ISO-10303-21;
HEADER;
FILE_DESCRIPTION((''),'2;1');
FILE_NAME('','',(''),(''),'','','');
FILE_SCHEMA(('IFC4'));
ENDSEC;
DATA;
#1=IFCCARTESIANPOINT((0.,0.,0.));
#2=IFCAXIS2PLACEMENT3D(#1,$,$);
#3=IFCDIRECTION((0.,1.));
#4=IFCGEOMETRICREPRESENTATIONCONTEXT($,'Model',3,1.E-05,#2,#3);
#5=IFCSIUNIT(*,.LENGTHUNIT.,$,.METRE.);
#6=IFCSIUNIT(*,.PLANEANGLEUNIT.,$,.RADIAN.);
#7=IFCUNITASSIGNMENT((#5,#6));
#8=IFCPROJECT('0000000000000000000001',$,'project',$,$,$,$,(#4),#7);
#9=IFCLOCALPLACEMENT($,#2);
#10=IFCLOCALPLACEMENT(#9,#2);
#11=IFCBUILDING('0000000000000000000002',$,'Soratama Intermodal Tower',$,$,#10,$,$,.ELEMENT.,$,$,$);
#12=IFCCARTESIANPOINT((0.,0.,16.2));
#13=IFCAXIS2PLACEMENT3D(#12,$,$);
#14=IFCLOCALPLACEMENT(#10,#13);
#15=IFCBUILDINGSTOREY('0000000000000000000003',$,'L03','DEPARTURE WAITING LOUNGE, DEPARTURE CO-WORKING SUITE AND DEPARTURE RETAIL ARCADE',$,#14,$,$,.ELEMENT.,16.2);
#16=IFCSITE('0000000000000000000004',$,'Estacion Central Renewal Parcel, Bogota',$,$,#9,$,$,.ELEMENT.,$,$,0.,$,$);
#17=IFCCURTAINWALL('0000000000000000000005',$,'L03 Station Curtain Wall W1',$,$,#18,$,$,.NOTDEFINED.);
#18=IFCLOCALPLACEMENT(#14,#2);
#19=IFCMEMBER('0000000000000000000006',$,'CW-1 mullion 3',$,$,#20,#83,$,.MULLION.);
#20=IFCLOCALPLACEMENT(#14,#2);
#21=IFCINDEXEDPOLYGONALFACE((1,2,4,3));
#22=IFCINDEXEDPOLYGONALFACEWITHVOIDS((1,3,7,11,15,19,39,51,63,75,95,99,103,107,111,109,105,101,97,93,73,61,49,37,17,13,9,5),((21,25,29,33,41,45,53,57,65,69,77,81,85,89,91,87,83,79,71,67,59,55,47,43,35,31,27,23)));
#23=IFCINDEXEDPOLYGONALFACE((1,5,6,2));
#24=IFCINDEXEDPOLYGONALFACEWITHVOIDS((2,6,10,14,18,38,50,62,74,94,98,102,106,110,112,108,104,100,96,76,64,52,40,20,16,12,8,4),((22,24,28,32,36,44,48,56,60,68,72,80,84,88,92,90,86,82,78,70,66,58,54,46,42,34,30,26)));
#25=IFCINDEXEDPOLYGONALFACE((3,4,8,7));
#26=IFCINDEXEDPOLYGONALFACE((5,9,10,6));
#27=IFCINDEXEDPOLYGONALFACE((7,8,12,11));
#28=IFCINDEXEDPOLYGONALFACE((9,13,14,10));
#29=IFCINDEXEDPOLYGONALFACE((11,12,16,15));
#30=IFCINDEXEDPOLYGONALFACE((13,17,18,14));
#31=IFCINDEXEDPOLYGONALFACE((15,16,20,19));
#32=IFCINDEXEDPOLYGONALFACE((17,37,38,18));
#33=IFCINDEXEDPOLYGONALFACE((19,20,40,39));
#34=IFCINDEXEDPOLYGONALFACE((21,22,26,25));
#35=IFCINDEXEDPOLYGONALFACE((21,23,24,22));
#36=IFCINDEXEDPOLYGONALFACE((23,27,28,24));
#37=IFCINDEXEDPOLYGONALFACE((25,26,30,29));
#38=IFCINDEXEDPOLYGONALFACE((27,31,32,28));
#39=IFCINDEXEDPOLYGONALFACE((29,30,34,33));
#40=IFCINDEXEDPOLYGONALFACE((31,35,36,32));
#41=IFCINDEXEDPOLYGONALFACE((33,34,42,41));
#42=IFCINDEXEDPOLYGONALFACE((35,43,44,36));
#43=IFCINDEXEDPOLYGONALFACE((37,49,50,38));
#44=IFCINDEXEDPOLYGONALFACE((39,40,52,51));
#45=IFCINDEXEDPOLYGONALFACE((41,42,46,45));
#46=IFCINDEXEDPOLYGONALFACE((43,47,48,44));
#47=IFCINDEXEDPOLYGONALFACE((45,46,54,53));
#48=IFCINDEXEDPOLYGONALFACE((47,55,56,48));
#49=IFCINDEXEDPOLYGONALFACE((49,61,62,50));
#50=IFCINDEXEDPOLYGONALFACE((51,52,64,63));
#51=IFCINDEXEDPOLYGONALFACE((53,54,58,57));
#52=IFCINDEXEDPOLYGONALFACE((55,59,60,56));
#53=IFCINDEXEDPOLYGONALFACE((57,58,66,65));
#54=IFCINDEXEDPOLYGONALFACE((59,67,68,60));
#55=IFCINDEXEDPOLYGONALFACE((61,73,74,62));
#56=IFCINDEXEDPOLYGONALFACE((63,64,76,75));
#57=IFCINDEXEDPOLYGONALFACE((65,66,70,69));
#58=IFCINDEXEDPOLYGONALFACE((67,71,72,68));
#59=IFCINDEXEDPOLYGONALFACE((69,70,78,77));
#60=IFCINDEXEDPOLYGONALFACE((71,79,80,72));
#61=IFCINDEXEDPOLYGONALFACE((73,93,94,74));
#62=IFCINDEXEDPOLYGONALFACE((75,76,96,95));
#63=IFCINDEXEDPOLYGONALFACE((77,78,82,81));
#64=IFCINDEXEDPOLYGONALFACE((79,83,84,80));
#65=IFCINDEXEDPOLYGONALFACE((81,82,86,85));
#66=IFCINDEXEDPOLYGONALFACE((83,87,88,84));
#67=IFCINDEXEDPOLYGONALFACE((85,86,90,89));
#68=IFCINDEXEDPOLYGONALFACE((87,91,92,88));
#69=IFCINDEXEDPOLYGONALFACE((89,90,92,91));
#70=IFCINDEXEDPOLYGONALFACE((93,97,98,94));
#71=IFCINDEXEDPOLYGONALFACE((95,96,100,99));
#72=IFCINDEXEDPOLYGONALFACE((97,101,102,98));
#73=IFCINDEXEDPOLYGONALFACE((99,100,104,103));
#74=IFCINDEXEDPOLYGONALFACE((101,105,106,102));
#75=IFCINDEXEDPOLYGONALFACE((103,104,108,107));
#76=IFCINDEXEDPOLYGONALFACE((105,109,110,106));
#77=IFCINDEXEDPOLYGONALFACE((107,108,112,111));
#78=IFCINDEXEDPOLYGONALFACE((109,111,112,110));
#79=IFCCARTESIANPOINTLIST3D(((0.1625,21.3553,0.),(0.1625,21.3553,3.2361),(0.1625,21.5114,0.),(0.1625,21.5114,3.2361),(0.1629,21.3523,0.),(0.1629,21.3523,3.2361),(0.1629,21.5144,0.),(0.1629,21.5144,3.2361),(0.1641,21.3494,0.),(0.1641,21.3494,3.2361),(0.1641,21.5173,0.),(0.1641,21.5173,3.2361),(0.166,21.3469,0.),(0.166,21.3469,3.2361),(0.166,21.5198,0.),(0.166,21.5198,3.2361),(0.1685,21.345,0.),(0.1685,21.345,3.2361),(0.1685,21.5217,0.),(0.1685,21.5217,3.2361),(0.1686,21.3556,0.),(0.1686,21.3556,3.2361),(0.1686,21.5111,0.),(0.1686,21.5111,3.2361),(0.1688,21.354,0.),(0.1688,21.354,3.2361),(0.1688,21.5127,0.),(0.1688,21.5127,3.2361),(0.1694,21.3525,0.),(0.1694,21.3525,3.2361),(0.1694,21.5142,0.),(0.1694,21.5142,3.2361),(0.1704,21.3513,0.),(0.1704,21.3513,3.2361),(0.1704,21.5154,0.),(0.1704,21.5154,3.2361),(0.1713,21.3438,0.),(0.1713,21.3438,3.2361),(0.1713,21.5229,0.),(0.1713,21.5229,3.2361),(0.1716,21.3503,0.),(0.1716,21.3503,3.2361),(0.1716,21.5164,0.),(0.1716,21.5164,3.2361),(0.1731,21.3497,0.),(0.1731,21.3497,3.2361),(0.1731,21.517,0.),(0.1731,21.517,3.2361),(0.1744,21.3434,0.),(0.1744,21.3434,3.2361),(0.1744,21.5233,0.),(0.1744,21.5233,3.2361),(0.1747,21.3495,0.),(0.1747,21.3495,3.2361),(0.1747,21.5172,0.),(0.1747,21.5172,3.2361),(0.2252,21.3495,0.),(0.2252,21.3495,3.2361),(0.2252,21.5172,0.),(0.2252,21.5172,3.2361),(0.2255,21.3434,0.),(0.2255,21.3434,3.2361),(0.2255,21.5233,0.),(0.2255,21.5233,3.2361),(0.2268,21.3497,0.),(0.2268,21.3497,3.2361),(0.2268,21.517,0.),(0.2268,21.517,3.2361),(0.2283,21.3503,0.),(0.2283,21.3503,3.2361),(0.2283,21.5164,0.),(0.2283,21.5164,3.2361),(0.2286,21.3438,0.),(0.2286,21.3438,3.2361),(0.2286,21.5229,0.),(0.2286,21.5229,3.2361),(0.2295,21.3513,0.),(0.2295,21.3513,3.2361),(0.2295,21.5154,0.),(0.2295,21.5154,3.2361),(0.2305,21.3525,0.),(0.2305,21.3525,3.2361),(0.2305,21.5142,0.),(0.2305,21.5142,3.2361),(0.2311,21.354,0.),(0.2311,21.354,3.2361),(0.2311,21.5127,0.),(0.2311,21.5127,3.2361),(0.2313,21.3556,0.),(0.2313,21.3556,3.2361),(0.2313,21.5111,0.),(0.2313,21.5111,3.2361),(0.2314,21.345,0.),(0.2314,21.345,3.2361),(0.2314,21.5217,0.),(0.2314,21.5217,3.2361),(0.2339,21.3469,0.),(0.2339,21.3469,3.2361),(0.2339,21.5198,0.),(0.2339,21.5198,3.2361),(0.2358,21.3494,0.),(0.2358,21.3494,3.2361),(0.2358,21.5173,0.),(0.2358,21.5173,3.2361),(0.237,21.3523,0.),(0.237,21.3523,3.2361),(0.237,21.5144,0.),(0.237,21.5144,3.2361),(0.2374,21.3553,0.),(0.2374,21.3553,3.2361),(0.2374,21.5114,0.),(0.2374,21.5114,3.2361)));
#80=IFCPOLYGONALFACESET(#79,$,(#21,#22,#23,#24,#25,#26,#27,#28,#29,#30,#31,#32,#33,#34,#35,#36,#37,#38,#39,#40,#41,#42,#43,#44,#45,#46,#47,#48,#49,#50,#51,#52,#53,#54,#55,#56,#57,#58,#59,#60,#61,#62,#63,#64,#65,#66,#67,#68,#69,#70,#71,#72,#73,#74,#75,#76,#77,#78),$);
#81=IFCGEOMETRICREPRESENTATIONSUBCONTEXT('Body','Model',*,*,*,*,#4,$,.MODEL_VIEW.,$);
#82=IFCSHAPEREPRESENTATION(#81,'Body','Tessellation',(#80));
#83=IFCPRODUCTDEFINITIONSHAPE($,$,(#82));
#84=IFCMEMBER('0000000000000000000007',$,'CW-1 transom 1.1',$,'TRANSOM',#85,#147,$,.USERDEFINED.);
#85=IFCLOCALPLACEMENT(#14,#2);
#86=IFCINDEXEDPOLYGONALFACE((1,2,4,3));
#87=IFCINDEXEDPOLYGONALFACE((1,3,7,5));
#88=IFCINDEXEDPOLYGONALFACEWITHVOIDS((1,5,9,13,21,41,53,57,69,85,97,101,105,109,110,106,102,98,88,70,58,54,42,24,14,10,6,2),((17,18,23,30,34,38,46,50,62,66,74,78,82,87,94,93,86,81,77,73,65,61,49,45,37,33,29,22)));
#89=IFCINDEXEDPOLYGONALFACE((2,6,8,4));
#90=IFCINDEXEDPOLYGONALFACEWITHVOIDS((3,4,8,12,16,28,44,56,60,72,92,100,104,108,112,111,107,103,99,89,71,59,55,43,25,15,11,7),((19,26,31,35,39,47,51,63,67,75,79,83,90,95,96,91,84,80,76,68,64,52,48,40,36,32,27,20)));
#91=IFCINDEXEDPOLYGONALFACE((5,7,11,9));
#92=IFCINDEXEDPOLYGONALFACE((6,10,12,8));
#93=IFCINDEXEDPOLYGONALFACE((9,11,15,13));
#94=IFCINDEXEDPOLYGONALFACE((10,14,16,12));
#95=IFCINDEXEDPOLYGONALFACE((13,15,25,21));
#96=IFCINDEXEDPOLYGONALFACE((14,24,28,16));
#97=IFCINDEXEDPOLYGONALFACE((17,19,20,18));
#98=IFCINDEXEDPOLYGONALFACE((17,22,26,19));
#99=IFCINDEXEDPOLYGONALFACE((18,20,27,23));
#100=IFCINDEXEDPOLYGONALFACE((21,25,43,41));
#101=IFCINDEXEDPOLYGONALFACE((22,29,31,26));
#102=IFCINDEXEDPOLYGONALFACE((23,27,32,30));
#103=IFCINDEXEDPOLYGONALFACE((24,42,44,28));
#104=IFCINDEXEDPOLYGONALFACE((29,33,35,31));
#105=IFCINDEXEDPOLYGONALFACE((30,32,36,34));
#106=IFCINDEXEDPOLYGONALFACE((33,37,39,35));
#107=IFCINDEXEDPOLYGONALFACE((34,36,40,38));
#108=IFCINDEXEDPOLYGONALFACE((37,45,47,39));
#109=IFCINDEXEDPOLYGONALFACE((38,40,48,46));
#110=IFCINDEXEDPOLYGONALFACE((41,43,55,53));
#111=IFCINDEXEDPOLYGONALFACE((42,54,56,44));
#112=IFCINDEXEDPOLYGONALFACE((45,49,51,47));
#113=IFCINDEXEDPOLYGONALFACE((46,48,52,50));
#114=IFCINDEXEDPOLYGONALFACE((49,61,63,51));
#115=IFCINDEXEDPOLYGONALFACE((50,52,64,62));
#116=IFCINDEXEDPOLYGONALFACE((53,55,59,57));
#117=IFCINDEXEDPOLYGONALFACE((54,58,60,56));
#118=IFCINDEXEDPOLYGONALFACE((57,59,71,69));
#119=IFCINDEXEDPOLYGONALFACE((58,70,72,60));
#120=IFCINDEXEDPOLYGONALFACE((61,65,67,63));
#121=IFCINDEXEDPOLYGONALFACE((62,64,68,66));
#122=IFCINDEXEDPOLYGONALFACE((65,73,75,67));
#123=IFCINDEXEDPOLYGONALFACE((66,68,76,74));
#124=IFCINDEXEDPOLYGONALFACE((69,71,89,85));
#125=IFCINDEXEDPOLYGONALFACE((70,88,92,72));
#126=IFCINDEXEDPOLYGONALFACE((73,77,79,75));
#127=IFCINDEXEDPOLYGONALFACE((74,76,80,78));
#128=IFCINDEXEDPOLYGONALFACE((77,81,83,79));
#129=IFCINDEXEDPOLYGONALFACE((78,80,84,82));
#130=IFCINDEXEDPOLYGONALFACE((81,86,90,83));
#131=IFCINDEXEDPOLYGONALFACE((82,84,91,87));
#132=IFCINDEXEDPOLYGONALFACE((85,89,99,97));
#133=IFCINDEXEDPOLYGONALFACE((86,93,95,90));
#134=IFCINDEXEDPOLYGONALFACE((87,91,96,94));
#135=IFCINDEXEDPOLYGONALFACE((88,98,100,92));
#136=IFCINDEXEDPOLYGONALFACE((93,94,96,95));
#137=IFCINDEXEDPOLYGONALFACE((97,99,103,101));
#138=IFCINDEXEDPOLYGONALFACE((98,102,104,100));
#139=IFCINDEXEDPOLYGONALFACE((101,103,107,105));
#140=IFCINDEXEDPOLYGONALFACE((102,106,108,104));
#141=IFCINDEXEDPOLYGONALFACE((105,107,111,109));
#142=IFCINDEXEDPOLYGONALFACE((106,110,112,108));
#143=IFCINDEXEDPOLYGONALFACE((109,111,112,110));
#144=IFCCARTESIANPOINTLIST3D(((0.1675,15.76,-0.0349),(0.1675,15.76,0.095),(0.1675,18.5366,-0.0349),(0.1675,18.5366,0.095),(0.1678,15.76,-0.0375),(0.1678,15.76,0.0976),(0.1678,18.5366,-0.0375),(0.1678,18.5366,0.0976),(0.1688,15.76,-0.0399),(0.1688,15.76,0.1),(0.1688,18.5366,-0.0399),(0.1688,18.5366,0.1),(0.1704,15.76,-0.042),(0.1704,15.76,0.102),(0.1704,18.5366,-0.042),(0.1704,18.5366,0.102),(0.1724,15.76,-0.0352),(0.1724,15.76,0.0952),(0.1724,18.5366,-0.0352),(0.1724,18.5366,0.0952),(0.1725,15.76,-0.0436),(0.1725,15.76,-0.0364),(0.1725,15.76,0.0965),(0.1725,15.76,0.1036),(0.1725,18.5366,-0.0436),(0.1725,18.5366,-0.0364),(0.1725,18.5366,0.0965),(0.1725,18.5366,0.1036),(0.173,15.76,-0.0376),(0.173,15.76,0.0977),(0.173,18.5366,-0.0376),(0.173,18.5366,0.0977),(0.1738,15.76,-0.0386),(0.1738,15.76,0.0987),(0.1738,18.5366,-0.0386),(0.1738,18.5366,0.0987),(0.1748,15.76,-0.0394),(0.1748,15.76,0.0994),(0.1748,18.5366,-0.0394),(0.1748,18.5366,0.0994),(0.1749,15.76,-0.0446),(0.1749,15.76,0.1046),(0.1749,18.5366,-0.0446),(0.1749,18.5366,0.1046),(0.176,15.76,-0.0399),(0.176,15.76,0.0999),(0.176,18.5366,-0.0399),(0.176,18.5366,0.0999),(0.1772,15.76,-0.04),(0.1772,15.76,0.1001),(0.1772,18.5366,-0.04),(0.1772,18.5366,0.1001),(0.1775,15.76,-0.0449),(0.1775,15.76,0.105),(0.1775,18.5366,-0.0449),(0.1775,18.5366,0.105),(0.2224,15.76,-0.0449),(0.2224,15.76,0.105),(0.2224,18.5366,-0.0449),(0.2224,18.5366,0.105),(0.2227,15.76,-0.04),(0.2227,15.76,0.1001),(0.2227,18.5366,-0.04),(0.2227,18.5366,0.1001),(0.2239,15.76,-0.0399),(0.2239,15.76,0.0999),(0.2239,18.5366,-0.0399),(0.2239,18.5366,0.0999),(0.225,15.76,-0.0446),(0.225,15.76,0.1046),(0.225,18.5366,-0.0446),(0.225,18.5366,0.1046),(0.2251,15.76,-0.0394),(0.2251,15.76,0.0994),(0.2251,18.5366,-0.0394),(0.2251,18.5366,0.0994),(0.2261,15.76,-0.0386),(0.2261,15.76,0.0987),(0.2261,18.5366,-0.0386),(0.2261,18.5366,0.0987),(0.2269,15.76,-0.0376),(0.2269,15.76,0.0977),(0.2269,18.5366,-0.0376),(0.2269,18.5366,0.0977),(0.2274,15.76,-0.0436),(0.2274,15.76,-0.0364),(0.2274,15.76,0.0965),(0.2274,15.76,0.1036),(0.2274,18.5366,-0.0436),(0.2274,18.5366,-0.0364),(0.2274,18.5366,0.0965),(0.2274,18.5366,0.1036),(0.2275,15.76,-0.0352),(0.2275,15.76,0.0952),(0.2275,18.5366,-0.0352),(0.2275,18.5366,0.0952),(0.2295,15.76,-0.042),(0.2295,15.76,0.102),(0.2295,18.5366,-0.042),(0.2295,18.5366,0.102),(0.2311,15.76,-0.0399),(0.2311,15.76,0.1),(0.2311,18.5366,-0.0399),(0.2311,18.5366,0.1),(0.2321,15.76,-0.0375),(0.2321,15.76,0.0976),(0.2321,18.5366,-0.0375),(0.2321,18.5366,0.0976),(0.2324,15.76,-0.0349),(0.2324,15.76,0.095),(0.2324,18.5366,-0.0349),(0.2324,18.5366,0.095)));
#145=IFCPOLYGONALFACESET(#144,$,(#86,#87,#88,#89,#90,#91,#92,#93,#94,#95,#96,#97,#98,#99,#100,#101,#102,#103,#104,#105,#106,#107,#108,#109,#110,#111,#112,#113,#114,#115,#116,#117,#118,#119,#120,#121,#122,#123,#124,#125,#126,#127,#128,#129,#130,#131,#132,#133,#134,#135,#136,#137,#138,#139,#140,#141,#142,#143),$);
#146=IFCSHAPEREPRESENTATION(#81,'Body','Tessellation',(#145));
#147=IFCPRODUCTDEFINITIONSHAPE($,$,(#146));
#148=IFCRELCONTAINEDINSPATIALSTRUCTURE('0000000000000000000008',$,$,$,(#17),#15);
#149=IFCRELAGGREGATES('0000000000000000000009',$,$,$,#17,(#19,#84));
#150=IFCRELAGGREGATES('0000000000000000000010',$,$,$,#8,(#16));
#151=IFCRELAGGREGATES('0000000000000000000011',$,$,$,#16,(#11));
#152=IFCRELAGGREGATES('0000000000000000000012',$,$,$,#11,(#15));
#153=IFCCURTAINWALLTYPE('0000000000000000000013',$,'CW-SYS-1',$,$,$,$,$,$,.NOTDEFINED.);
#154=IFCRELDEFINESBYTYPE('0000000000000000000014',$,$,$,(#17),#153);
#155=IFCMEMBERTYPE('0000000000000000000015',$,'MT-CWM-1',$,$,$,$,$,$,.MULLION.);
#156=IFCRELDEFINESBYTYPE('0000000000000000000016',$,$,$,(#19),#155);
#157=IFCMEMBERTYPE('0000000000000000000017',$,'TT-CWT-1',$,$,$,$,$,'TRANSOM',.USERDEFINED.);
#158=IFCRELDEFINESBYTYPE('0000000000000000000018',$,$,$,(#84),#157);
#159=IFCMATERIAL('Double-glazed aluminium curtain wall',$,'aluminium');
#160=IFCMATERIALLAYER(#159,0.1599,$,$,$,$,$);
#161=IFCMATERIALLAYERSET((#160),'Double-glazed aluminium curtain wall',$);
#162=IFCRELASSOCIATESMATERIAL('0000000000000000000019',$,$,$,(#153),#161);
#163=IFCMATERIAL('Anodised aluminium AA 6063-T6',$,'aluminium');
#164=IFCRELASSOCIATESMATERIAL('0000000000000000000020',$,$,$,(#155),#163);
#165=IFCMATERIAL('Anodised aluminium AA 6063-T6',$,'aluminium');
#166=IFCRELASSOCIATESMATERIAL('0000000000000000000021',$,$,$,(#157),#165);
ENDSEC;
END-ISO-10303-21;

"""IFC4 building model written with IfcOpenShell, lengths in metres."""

from ifc_helpers import new_model, si_unit, direction, frame, origin, origin_2d, place, context, subcontext, project, spatial, hollow_rectangle, extrude, material, layer, layer_set, material_profile, profile_set, type_object, element, aggregate, save


model = new_model("IFC4")

# Units and contexts
model_context = context("Model", 3, precision=1e-05, world=origin(), true_north=direction((0.0, 1.0)))
body_context = subcontext(model_context, "Body", "Model", "MODEL_VIEW")
ifc_project = project(units=[si_unit("LENGTHUNIT", "METRE"), si_unit("PLANEANGLEUNIT", "RADIAN")], contexts=[model_context])

# Site, building, storey
site_placement = place(None, origin())
site = spatial("IfcSite", under=ifc_project, at=site_placement, Name="Estacion Central Renewal Parcel, Bogota", CompositionType="ELEMENT", RefElevation=0.0)
building_placement = place(site_placement, origin())
building = spatial("IfcBuilding", under=site, at=building_placement, Name="Soratama Intermodal Tower", CompositionType="ELEMENT")
storey_placement = place(building_placement, frame((0.0, 0.0, 16.2)))
storey = spatial("IfcBuildingStorey", under=building, at=storey_placement, Name="L03", Description="DEPARTURE WAITING LOUNGE, DEPARTURE CO-WORKING SUITE AND DEPARTURE RETAIL ARCADE", CompositionType="ELEMENT", Elevation=16.2)

# Curtain wall, members
ifc_material_1 = material(Name="Double-glazed aluminium curtain wall", Category="aluminium")
ifc_layer_1 = layer(ifc_material_1, 0.1599)
ifc_layer_set_1 = layer_set([ifc_layer_1], Name="Double-glazed aluminium curtain wall")
curtain_wall_type = type_object("IfcCurtainWallType", Name="CW-SYS-1", PredefinedType="NOTDEFINED", material=ifc_layer_set_1)
curtain_wall_placement = place(storey_placement, origin())
curtain_wall = element("IfcCurtainWall", 1, at=curtain_wall_placement, inside=storey, type_object=curtain_wall_type, Name="L03 Station Curtain Wall W1", PredefinedType="NOTDEFINED")
ifc_material_2 = material(Name="Anodised aluminium AA 6063-T6", Category="aluminium")
ifc_material_profile_1 = material_profile(ifc_material_2, hollow_rectangle(XDim=0.075, YDim=0.1799, WallThickness=0.0061, InnerFilletRadius=0.0061, OuterFilletRadius=0.012, at=origin_2d()), Name="CWM180X75X6")
ifc_profile_set_1 = profile_set([ifc_material_profile_1], Name="Anodised aluminium AA 6063-T6")
member_type_1 = type_object("IfcMemberType", Name="MT-CWM-1", PredefinedType="MULLION", material=ifc_profile_set_1)
member_1_placement = place(storey_placement, frame((0.2, 21.4333, 0.0), z_axis=(0.0, 0.0, 1.0), x_axis=(-1.0, 0.0, 0.0)))
member_1 = element("IfcMember", 2, at=member_1_placement, type_object=member_type_1, Name="CW-1 mullion 3", PredefinedType="MULLION", context=body_context, shape_type="SweptSolid", body=[
    extrude(hollow_rectangle(XDim=0.075, YDim=0.1799, WallThickness=0.0061, InnerFilletRadius=0.0061, OuterFilletRadius=0.012, at=origin_2d()), origin(), (0.0, 0.0, 1.0), 3.2361),
])
ifc_material_3 = material(Name="Anodised aluminium AA 6063-T6", Category="aluminium")
ifc_material_profile_2 = material_profile(ifc_material_3, hollow_rectangle(XDim=0.0649, YDim=0.1499, WallThickness=0.0049, InnerFilletRadius=0.0049, OuterFilletRadius=0.01, at=origin_2d()), Name="CWT150X65X5")
ifc_profile_set_2 = profile_set([ifc_material_profile_2], Name="Anodised aluminium AA 6063-T6")
member_type_2 = type_object("IfcMemberType", Name="TT-CWT-1", ElementType="TRANSOM", PredefinedType="USERDEFINED", material=ifc_profile_set_2)
member_2_placement = place(storey_placement, frame((0.2, 15.76, 0.03), z_axis=(0.0, 1.0, 0.0), x_axis=(-1.0, 0.0, 0.0)))
member_2 = element("IfcMember", 3, at=member_2_placement, type_object=member_type_2, Name="CW-1 transom 1.1", ObjectType="TRANSOM", PredefinedType="USERDEFINED", context=body_context, shape_type="SweptSolid", body=[
    extrude(hollow_rectangle(XDim=0.0649, YDim=0.1499, WallThickness=0.0049, InnerFilletRadius=0.0049, OuterFilletRadius=0.01, at=origin_2d()), origin(), (0.0, 0.0, 1.0), 2.7766),
])
aggregate(curtain_wall, [member_1, member_2])

save(model, "model.ifc")
